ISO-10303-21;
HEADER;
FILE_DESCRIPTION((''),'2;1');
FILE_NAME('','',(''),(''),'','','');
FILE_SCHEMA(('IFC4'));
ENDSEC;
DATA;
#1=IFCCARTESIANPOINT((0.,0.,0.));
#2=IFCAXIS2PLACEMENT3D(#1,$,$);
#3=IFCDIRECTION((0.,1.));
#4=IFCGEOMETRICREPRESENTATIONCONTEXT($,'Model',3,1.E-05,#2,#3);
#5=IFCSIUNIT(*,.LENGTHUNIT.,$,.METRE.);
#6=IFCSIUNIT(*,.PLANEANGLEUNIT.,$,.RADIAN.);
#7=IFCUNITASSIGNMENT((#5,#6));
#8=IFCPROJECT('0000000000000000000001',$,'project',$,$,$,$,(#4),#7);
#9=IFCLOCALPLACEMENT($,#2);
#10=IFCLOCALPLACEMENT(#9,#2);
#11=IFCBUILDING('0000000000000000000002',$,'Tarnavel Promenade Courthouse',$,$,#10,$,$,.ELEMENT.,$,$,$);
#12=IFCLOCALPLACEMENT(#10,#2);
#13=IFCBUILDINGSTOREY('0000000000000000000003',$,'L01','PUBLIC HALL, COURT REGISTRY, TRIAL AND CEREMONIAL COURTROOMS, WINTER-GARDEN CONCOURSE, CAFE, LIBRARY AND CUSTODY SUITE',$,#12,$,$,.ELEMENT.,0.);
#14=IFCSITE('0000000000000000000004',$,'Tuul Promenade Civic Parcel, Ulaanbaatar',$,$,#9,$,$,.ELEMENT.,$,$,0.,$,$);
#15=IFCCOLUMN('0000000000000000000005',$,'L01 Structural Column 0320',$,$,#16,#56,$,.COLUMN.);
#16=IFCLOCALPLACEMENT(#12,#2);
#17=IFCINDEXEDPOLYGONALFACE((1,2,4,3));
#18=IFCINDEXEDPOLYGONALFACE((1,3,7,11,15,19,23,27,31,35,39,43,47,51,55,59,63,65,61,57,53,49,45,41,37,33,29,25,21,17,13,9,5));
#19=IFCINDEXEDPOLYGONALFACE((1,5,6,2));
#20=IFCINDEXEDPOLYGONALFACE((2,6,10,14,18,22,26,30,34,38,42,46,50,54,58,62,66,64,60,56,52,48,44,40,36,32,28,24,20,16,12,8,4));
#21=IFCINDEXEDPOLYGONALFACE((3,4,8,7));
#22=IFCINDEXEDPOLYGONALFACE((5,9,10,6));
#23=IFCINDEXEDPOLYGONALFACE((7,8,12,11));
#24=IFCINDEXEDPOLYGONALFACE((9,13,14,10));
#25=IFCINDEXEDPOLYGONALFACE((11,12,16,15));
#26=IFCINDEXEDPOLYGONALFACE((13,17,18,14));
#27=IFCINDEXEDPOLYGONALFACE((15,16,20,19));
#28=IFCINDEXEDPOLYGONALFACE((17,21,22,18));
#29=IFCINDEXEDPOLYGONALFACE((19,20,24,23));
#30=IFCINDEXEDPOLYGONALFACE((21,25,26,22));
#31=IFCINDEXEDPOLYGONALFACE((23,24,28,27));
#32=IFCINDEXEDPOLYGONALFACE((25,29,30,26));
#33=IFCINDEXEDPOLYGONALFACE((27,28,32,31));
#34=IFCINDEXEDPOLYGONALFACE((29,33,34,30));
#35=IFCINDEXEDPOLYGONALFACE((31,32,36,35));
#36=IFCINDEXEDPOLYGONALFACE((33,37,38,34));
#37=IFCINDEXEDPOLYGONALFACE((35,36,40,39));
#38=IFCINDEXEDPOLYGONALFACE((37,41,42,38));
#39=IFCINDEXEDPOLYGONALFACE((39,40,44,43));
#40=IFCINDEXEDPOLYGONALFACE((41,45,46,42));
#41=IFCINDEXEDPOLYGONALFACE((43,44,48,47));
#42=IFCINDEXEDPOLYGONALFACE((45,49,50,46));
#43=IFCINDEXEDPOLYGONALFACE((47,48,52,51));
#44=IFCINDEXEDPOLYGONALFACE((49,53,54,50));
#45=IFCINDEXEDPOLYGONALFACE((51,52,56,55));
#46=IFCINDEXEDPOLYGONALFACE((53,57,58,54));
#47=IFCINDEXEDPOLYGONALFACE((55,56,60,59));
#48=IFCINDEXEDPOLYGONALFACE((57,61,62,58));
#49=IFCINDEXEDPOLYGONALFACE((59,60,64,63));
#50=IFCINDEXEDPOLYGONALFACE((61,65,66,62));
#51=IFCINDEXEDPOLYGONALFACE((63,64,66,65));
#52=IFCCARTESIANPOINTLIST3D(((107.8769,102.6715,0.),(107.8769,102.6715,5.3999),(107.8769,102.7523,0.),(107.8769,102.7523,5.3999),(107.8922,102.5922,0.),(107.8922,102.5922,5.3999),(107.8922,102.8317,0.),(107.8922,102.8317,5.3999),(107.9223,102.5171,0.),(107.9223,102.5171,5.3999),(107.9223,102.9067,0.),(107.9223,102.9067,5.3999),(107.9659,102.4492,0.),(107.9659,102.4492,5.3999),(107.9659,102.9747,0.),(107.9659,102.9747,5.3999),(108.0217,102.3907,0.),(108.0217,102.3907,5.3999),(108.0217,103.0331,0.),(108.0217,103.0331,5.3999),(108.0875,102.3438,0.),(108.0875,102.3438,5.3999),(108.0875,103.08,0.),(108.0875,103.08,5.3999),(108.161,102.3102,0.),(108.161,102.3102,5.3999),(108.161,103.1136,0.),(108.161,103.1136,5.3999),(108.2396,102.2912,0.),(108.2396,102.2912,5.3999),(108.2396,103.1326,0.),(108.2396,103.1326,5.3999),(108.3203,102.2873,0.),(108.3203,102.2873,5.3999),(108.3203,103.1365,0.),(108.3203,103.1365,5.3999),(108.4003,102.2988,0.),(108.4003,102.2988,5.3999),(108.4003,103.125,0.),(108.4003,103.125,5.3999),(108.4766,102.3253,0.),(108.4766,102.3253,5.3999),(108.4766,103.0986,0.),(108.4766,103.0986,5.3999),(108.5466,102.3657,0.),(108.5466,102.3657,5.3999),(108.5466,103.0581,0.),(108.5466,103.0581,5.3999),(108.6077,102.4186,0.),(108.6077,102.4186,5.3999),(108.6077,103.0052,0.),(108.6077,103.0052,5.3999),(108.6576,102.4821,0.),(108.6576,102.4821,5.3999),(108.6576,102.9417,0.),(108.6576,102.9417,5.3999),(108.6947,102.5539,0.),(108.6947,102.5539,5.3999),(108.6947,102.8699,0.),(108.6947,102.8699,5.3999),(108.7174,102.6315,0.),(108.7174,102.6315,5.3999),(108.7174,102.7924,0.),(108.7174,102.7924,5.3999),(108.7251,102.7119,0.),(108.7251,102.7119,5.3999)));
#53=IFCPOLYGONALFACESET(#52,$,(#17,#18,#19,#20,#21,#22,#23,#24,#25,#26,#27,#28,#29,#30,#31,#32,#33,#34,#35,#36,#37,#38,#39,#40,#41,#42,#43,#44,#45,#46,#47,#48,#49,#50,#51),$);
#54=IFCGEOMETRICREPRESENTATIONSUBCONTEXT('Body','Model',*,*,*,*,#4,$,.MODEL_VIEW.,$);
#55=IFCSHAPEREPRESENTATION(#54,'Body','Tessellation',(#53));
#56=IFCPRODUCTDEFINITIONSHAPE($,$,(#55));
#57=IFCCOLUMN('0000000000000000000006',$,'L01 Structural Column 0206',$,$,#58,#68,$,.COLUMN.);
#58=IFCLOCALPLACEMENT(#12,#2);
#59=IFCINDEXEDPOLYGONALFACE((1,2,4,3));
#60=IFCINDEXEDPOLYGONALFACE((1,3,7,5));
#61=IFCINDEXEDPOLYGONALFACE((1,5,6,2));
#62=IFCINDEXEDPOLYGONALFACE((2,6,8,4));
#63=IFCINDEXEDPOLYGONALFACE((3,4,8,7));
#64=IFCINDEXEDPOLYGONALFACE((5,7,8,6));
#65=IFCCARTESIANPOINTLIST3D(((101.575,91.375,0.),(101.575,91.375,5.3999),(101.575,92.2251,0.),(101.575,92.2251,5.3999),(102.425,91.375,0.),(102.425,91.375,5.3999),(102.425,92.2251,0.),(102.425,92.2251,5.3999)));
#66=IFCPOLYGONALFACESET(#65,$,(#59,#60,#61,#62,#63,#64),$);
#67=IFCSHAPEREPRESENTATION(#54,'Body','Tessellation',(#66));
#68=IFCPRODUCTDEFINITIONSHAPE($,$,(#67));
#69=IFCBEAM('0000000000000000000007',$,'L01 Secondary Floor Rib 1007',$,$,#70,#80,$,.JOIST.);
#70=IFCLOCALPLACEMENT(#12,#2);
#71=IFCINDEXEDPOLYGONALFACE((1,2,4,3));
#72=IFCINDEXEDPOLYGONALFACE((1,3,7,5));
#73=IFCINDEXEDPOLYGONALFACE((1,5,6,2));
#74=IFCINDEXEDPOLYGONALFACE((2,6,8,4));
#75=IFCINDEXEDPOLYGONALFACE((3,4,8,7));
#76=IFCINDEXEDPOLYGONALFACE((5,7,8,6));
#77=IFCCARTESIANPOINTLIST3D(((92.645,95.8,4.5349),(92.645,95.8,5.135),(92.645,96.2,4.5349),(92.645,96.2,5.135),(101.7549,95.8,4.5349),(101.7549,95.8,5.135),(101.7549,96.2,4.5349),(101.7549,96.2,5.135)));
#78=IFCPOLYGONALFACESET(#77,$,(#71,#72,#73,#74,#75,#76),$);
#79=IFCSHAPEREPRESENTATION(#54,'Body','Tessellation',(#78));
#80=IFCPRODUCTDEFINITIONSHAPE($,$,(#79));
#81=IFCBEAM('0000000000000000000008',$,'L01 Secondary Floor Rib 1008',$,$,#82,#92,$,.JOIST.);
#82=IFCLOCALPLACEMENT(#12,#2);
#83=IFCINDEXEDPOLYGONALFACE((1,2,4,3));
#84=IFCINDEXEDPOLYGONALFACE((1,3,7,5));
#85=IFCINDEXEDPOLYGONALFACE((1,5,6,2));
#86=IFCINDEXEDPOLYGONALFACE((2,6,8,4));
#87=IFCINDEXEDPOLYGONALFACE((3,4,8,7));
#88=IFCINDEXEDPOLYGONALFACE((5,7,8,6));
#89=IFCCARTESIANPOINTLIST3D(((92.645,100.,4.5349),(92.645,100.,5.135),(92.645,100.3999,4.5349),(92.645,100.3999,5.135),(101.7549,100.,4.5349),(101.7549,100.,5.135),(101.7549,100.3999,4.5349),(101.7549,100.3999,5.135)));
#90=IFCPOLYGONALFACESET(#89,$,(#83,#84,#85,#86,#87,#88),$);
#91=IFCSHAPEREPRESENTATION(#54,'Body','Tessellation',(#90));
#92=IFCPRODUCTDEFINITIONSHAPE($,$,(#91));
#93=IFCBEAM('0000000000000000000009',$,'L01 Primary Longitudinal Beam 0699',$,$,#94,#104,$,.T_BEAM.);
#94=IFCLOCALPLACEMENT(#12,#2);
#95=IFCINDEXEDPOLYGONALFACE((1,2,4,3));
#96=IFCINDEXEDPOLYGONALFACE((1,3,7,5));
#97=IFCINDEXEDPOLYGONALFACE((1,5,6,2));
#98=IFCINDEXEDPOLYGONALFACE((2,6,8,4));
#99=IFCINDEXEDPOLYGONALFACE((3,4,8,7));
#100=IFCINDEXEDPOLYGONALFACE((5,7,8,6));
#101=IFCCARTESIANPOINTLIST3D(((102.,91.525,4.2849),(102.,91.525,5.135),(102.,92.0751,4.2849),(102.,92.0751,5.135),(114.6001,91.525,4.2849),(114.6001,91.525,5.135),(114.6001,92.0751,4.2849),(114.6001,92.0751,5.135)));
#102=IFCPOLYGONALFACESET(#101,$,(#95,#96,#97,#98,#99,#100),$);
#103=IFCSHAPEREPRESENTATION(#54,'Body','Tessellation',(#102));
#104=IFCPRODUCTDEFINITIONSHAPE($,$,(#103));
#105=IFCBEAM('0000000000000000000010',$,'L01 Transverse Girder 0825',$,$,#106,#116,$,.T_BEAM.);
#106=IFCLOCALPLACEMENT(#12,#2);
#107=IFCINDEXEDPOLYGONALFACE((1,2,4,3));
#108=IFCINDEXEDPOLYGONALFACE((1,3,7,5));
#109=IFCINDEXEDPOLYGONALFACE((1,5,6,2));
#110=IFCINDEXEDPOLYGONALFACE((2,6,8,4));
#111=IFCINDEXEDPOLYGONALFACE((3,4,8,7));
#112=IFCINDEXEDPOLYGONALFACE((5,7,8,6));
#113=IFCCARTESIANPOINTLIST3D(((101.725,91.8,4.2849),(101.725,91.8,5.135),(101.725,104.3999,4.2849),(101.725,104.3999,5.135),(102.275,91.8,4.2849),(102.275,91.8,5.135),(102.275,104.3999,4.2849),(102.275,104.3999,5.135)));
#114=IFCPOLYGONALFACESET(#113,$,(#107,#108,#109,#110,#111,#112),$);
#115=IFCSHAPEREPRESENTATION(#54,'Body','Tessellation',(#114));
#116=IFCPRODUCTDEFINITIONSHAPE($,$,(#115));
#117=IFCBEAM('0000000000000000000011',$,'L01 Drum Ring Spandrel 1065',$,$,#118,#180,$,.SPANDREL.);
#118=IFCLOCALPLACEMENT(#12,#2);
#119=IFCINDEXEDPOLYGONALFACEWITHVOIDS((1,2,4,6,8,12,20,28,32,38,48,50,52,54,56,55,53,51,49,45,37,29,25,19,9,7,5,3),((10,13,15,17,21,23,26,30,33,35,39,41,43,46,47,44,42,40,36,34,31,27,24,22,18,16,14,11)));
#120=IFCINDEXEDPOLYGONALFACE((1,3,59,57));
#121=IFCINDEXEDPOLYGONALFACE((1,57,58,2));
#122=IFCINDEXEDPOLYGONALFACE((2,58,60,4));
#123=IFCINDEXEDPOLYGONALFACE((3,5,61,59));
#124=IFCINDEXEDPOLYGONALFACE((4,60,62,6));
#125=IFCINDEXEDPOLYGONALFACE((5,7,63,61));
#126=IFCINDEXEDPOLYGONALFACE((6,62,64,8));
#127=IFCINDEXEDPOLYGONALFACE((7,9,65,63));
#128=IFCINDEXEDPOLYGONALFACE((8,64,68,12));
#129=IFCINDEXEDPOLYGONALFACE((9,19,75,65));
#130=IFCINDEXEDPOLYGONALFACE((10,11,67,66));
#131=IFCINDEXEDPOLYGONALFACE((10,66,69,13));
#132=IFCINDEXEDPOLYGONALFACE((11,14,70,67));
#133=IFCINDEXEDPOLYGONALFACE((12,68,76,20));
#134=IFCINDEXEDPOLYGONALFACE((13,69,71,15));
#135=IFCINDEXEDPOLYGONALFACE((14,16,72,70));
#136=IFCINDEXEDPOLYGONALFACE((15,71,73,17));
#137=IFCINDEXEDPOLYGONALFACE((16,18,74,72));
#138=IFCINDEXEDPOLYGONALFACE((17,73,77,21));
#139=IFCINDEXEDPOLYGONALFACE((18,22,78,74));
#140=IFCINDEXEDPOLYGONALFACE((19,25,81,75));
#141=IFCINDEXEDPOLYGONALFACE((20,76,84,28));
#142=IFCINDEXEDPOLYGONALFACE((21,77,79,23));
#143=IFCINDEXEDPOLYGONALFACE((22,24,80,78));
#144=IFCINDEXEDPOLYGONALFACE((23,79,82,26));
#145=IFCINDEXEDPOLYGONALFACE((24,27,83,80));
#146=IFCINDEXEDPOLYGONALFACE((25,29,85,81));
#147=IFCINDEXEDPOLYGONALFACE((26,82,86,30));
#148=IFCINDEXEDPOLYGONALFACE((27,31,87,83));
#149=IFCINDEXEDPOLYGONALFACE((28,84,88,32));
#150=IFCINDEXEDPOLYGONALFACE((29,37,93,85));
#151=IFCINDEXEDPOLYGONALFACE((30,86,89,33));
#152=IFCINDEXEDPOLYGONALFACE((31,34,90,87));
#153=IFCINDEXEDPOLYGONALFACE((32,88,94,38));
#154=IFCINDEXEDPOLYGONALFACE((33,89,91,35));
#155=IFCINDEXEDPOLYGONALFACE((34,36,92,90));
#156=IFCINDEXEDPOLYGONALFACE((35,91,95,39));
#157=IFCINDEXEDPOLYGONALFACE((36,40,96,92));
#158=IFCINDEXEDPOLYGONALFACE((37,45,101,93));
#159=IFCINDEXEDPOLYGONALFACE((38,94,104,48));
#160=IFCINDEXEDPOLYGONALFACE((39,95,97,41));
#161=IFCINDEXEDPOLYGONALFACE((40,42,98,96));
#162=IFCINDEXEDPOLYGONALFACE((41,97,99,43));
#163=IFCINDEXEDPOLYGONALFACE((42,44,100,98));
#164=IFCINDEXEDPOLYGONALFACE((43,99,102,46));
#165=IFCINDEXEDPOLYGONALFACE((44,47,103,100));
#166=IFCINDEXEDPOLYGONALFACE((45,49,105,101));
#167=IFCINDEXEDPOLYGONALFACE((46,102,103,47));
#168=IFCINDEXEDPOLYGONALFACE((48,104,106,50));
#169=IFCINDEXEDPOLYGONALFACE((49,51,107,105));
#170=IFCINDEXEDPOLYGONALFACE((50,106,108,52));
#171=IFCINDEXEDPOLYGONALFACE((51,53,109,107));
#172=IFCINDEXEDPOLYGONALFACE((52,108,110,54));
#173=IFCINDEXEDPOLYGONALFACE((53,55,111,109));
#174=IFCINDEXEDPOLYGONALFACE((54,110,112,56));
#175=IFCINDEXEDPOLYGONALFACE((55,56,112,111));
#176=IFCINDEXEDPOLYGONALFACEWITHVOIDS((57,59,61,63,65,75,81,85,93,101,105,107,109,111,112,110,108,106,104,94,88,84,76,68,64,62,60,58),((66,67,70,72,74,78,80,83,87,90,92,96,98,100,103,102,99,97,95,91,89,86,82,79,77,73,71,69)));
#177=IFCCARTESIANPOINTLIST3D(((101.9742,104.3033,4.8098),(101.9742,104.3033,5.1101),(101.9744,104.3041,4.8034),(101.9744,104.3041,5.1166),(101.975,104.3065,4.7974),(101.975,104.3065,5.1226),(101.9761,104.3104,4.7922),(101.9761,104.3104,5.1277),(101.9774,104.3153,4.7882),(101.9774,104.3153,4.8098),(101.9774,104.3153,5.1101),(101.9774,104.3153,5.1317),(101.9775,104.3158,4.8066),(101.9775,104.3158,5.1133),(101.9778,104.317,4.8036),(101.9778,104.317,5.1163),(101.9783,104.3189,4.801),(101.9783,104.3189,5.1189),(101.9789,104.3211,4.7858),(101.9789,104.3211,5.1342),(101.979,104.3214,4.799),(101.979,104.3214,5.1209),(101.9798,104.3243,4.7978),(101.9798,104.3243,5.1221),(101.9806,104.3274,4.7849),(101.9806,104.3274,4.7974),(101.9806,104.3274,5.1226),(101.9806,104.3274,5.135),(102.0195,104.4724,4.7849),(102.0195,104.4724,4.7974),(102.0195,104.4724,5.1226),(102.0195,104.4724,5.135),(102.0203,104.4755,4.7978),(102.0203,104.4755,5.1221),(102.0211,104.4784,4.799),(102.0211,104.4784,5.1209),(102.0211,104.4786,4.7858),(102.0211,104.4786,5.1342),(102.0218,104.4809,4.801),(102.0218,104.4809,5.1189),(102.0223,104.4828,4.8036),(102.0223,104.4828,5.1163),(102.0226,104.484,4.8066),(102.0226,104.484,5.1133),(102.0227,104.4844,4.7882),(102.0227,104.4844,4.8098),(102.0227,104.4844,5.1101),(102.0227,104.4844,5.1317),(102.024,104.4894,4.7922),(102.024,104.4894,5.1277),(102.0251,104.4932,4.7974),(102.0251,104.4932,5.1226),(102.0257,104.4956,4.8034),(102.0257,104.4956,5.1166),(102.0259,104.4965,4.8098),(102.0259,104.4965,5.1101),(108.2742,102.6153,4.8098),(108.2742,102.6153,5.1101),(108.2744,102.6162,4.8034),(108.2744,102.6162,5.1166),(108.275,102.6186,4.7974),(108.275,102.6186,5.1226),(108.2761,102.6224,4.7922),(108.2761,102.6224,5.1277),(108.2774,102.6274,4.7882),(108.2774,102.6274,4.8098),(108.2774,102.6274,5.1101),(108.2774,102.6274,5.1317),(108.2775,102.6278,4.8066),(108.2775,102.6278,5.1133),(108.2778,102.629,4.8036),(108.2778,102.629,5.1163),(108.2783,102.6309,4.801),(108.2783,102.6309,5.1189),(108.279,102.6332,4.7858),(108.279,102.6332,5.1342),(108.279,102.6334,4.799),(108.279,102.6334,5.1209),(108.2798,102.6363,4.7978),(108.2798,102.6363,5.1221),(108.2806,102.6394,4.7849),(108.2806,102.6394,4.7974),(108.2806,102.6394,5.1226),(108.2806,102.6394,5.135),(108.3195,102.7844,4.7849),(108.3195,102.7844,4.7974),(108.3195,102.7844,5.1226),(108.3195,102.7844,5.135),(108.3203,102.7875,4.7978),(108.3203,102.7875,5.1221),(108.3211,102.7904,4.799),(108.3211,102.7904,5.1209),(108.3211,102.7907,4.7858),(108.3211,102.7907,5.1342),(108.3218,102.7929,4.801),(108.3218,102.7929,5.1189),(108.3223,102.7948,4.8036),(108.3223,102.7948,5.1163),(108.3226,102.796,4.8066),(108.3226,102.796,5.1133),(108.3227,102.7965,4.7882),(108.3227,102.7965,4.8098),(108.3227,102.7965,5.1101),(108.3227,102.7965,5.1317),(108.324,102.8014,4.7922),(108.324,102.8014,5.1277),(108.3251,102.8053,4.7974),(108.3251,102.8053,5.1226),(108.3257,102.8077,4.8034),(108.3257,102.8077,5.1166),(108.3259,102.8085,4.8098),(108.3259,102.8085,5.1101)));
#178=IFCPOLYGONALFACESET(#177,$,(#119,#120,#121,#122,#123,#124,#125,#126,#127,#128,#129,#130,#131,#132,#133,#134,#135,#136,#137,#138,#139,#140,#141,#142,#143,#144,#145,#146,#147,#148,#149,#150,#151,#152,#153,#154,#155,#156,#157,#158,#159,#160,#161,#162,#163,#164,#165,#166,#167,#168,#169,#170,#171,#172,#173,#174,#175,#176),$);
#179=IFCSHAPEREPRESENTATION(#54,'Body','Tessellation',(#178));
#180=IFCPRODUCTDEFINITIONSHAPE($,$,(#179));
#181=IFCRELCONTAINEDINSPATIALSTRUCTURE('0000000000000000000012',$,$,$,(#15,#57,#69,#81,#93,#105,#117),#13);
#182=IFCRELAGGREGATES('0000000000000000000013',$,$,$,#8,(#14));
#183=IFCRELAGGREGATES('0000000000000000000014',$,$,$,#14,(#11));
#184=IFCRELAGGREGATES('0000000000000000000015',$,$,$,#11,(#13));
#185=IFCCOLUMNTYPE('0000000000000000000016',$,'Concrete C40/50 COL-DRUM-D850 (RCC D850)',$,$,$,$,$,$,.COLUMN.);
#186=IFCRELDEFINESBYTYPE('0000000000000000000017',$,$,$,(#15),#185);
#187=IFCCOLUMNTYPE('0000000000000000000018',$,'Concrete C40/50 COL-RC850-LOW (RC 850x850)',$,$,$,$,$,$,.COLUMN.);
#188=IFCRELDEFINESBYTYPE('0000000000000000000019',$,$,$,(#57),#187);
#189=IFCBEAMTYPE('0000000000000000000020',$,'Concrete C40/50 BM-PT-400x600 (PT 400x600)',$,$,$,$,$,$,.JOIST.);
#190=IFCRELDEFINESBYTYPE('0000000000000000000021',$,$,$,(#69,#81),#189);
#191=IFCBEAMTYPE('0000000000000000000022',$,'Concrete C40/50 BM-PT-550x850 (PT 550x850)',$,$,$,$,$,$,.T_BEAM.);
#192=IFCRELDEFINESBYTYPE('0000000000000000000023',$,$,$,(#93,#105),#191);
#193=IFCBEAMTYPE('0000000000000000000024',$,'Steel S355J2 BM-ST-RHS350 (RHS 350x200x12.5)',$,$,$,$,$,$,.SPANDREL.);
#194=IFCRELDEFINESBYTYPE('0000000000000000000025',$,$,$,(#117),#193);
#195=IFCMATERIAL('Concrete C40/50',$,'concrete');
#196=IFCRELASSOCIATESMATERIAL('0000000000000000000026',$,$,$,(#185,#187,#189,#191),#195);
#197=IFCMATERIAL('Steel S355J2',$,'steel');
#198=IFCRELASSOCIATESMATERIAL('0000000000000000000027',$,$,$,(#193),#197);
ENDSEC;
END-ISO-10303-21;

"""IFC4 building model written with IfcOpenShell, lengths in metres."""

from ifc_helpers import new_model, si_unit, direction, frame, origin, origin_2d, place, context, subcontext, project, spatial, rectangle, hollow_rectangle, circle, extrude, material, material_profile, profile_set, type_object, element, save


model = new_model("IFC4")

# Units and contexts
model_context = context("Model", 3, precision=1e-05, world=origin(), true_north=direction((0.0, 1.0)))
body_context = subcontext(model_context, "Body", "Model", "MODEL_VIEW")
ifc_project = project(units=[si_unit("LENGTHUNIT", "METRE"), si_unit("PLANEANGLEUNIT", "RADIAN")], contexts=[model_context])

# Site, building, storey
site_placement = place(None, origin())
site = spatial("IfcSite", under=ifc_project, at=site_placement, Name="Tuul Promenade Civic Parcel, Ulaanbaatar", CompositionType="ELEMENT", RefElevation=0.0)
building_placement = place(site_placement, origin())
building = spatial("IfcBuilding", under=site, at=building_placement, Name="Tarnavel Promenade Courthouse", CompositionType="ELEMENT")
storey_placement = place(building_placement, origin())
storey = spatial("IfcBuildingStorey", under=building, at=storey_placement, Name="L01", Description="PUBLIC HALL, COURT REGISTRY, TRIAL AND CEREMONIAL COURTROOMS, WINTER-GARDEN CONCOURSE, CAFE, LIBRARY AND CUSTODY SUITE", CompositionType="ELEMENT", Elevation=0.0)

# Columns
ifc_material_1 = material(Name="Concrete C40/50", Category="concrete")
ifc_material_profile_1 = material_profile(ifc_material_1, circle(Radius=0.425, at=origin_2d()), Name="RCC D850")
ifc_profile_set_1 = profile_set([ifc_material_profile_1], Name="Concrete C40/50")
column_type_1 = type_object("IfcColumnType", Name="Concrete C40/50 COL-DRUM-D850 (RCC D850)", PredefinedType="COLUMN", material=ifc_profile_set_1)
column_1_placement = place(storey_placement, frame((108.3, 102.7119, 0.0), z_axis=(0.0, 0.0, 1.0), x_axis=(1.0, 0.0, 0.0)))
element("IfcColumn", 1, at=column_1_placement, inside=storey, type_object=column_type_1, Name="L01 Structural Column 0320", PredefinedType="COLUMN", context=body_context, shape_type="SweptSolid", body=[
    extrude(circle(Radius=0.425, at=origin_2d()), origin(), (0.0, 0.0, 1.0), 5.3999),
])
ifc_material_profile_2 = material_profile(ifc_material_1, rectangle(XDim=0.8501, YDim=0.8501, at=origin_2d()), Name="RC 850x850")
ifc_profile_set_2 = profile_set([ifc_material_profile_2], Name="Concrete C40/50")
column_type_2 = type_object("IfcColumnType", Name="Concrete C40/50 COL-RC850-LOW (RC 850x850)", PredefinedType="COLUMN", material=ifc_profile_set_2)
column_2_placement = place(storey_placement, frame((102.0, 91.8, 0.0), z_axis=(0.0, 0.0, 1.0), x_axis=(1.0, 0.0, 0.0)))
element("IfcColumn", 2, at=column_2_placement, inside=storey, type_object=column_type_2, Name="L01 Structural Column 0206", PredefinedType="COLUMN", context=body_context, shape_type="SweptSolid", body=[
    extrude(rectangle(XDim=0.8501, YDim=0.8501, at=origin_2d()), origin(), (0.0, 0.0, 1.0), 5.3999),
])

# Beams
ifc_material_profile_3 = material_profile(ifc_material_1, rectangle(XDim=0.3999, YDim=0.6001, at=origin_2d()), Name="PT 400x600")
ifc_profile_set_3 = profile_set([ifc_material_profile_3], Name="Concrete C40/50")
beam_type_1 = type_object("IfcBeamType", Name="Concrete C40/50 BM-PT-400x600 (PT 400x600)", PredefinedType="JOIST", material=ifc_profile_set_3)
for number, where, z_axis, x_axis, name in (
    (3, (92.645, 96.0, 4.835), (1.0, 0.0, 0.0), (0.0, 1.0, 0.0), "L01 Secondary Floor Rib 1007"),
    (4, (92.645, 100.2, 4.835), (1.0, 0.0, 0.0), (0.0, 1.0, 0.0), "L01 Secondary Floor Rib 1008"),
):
    element("IfcBeam", number, at=place(storey_placement, frame(where, z_axis=z_axis, x_axis=x_axis)), inside=storey, type_object=beam_type_1, Name=name, PredefinedType="JOIST", context=body_context, shape_type="SweptSolid", body=[
        extrude(rectangle(XDim=0.3999, YDim=0.6001, at=origin_2d()), origin(), (0.0, 0.0, 1.0), 9.1099),
    ])
ifc_material_profile_4 = material_profile(ifc_material_1, rectangle(XDim=0.55, YDim=0.8501, at=origin_2d()), Name="PT 550x850")
ifc_profile_set_4 = profile_set([ifc_material_profile_4], Name="Concrete C40/50")
beam_type_2 = type_object("IfcBeamType", Name="Concrete C40/50 BM-PT-550x850 (PT 550x850)", PredefinedType="T_BEAM", material=ifc_profile_set_4)
beam_1_placement = place(storey_placement, frame((102.0, 91.8, 4.71), z_axis=(1.0, 0.0, 0.0), x_axis=(0.0, 1.0, 0.0)))
element("IfcBeam", 5, at=beam_1_placement, inside=storey, type_object=beam_type_2, Name="L01 Primary Longitudinal Beam 0699", PredefinedType="T_BEAM", context=body_context, shape_type="SweptSolid", body=[
    extrude(rectangle(XDim=0.55, YDim=0.8501, at=origin_2d()), origin(), (0.0, 0.0, 1.0), 12.6001),
])
beam_2_placement = place(storey_placement, frame((102.0, 91.8, 4.71), z_axis=(0.0, 1.0, 0.0), x_axis=(-1.0, 0.0, 0.0)))
element("IfcBeam", 6, at=beam_2_placement, inside=storey, type_object=beam_type_2, Name="L01 Transverse Girder 0825", PredefinedType="T_BEAM", context=body_context, shape_type="SweptSolid", body=[
    extrude(rectangle(XDim=0.55, YDim=0.8501, at=origin_2d()), origin(), (0.0, 0.0, 1.0), 12.5999),
])
ifc_material_2 = material(Name="Steel S355J2", Category="steel")
ifc_material_profile_5 = material_profile(ifc_material_2, hollow_rectangle(XDim=0.2, YDim=0.3501, WallThickness=0.0125, InnerFilletRadius=0.0125, OuterFilletRadius=0.0249, at=origin_2d()), Name="RHS 350x200x12.5")
ifc_profile_set_5 = profile_set([ifc_material_profile_5], Name="Steel S355J2")
beam_type_3 = type_object("IfcBeamType", Name="Steel S355J2 BM-ST-RHS350 (RHS 350x200x12.5)", PredefinedType="SPANDREL", material=ifc_profile_set_5)
beam_3_placement = place(storey_placement, frame((108.3, 102.7119, 4.96), z_axis=(-0.96593, 0.258804, 0.0), x_axis=(-0.258804, -0.96593, 0.0)))
element("IfcBeam", 7, at=beam_3_placement, inside=storey, type_object=beam_type_3, Name="L01 Drum Ring Spandrel 1065", PredefinedType="SPANDREL", context=body_context, shape_type="SweptSolid", body=[
    extrude(hollow_rectangle(XDim=0.2, YDim=0.3501, WallThickness=0.0125, InnerFilletRadius=0.0125, OuterFilletRadius=0.0249, at=origin_2d()), origin(), (0.0, 0.0, 1.0), 6.5222),
])

save(model, "model.ifc")
